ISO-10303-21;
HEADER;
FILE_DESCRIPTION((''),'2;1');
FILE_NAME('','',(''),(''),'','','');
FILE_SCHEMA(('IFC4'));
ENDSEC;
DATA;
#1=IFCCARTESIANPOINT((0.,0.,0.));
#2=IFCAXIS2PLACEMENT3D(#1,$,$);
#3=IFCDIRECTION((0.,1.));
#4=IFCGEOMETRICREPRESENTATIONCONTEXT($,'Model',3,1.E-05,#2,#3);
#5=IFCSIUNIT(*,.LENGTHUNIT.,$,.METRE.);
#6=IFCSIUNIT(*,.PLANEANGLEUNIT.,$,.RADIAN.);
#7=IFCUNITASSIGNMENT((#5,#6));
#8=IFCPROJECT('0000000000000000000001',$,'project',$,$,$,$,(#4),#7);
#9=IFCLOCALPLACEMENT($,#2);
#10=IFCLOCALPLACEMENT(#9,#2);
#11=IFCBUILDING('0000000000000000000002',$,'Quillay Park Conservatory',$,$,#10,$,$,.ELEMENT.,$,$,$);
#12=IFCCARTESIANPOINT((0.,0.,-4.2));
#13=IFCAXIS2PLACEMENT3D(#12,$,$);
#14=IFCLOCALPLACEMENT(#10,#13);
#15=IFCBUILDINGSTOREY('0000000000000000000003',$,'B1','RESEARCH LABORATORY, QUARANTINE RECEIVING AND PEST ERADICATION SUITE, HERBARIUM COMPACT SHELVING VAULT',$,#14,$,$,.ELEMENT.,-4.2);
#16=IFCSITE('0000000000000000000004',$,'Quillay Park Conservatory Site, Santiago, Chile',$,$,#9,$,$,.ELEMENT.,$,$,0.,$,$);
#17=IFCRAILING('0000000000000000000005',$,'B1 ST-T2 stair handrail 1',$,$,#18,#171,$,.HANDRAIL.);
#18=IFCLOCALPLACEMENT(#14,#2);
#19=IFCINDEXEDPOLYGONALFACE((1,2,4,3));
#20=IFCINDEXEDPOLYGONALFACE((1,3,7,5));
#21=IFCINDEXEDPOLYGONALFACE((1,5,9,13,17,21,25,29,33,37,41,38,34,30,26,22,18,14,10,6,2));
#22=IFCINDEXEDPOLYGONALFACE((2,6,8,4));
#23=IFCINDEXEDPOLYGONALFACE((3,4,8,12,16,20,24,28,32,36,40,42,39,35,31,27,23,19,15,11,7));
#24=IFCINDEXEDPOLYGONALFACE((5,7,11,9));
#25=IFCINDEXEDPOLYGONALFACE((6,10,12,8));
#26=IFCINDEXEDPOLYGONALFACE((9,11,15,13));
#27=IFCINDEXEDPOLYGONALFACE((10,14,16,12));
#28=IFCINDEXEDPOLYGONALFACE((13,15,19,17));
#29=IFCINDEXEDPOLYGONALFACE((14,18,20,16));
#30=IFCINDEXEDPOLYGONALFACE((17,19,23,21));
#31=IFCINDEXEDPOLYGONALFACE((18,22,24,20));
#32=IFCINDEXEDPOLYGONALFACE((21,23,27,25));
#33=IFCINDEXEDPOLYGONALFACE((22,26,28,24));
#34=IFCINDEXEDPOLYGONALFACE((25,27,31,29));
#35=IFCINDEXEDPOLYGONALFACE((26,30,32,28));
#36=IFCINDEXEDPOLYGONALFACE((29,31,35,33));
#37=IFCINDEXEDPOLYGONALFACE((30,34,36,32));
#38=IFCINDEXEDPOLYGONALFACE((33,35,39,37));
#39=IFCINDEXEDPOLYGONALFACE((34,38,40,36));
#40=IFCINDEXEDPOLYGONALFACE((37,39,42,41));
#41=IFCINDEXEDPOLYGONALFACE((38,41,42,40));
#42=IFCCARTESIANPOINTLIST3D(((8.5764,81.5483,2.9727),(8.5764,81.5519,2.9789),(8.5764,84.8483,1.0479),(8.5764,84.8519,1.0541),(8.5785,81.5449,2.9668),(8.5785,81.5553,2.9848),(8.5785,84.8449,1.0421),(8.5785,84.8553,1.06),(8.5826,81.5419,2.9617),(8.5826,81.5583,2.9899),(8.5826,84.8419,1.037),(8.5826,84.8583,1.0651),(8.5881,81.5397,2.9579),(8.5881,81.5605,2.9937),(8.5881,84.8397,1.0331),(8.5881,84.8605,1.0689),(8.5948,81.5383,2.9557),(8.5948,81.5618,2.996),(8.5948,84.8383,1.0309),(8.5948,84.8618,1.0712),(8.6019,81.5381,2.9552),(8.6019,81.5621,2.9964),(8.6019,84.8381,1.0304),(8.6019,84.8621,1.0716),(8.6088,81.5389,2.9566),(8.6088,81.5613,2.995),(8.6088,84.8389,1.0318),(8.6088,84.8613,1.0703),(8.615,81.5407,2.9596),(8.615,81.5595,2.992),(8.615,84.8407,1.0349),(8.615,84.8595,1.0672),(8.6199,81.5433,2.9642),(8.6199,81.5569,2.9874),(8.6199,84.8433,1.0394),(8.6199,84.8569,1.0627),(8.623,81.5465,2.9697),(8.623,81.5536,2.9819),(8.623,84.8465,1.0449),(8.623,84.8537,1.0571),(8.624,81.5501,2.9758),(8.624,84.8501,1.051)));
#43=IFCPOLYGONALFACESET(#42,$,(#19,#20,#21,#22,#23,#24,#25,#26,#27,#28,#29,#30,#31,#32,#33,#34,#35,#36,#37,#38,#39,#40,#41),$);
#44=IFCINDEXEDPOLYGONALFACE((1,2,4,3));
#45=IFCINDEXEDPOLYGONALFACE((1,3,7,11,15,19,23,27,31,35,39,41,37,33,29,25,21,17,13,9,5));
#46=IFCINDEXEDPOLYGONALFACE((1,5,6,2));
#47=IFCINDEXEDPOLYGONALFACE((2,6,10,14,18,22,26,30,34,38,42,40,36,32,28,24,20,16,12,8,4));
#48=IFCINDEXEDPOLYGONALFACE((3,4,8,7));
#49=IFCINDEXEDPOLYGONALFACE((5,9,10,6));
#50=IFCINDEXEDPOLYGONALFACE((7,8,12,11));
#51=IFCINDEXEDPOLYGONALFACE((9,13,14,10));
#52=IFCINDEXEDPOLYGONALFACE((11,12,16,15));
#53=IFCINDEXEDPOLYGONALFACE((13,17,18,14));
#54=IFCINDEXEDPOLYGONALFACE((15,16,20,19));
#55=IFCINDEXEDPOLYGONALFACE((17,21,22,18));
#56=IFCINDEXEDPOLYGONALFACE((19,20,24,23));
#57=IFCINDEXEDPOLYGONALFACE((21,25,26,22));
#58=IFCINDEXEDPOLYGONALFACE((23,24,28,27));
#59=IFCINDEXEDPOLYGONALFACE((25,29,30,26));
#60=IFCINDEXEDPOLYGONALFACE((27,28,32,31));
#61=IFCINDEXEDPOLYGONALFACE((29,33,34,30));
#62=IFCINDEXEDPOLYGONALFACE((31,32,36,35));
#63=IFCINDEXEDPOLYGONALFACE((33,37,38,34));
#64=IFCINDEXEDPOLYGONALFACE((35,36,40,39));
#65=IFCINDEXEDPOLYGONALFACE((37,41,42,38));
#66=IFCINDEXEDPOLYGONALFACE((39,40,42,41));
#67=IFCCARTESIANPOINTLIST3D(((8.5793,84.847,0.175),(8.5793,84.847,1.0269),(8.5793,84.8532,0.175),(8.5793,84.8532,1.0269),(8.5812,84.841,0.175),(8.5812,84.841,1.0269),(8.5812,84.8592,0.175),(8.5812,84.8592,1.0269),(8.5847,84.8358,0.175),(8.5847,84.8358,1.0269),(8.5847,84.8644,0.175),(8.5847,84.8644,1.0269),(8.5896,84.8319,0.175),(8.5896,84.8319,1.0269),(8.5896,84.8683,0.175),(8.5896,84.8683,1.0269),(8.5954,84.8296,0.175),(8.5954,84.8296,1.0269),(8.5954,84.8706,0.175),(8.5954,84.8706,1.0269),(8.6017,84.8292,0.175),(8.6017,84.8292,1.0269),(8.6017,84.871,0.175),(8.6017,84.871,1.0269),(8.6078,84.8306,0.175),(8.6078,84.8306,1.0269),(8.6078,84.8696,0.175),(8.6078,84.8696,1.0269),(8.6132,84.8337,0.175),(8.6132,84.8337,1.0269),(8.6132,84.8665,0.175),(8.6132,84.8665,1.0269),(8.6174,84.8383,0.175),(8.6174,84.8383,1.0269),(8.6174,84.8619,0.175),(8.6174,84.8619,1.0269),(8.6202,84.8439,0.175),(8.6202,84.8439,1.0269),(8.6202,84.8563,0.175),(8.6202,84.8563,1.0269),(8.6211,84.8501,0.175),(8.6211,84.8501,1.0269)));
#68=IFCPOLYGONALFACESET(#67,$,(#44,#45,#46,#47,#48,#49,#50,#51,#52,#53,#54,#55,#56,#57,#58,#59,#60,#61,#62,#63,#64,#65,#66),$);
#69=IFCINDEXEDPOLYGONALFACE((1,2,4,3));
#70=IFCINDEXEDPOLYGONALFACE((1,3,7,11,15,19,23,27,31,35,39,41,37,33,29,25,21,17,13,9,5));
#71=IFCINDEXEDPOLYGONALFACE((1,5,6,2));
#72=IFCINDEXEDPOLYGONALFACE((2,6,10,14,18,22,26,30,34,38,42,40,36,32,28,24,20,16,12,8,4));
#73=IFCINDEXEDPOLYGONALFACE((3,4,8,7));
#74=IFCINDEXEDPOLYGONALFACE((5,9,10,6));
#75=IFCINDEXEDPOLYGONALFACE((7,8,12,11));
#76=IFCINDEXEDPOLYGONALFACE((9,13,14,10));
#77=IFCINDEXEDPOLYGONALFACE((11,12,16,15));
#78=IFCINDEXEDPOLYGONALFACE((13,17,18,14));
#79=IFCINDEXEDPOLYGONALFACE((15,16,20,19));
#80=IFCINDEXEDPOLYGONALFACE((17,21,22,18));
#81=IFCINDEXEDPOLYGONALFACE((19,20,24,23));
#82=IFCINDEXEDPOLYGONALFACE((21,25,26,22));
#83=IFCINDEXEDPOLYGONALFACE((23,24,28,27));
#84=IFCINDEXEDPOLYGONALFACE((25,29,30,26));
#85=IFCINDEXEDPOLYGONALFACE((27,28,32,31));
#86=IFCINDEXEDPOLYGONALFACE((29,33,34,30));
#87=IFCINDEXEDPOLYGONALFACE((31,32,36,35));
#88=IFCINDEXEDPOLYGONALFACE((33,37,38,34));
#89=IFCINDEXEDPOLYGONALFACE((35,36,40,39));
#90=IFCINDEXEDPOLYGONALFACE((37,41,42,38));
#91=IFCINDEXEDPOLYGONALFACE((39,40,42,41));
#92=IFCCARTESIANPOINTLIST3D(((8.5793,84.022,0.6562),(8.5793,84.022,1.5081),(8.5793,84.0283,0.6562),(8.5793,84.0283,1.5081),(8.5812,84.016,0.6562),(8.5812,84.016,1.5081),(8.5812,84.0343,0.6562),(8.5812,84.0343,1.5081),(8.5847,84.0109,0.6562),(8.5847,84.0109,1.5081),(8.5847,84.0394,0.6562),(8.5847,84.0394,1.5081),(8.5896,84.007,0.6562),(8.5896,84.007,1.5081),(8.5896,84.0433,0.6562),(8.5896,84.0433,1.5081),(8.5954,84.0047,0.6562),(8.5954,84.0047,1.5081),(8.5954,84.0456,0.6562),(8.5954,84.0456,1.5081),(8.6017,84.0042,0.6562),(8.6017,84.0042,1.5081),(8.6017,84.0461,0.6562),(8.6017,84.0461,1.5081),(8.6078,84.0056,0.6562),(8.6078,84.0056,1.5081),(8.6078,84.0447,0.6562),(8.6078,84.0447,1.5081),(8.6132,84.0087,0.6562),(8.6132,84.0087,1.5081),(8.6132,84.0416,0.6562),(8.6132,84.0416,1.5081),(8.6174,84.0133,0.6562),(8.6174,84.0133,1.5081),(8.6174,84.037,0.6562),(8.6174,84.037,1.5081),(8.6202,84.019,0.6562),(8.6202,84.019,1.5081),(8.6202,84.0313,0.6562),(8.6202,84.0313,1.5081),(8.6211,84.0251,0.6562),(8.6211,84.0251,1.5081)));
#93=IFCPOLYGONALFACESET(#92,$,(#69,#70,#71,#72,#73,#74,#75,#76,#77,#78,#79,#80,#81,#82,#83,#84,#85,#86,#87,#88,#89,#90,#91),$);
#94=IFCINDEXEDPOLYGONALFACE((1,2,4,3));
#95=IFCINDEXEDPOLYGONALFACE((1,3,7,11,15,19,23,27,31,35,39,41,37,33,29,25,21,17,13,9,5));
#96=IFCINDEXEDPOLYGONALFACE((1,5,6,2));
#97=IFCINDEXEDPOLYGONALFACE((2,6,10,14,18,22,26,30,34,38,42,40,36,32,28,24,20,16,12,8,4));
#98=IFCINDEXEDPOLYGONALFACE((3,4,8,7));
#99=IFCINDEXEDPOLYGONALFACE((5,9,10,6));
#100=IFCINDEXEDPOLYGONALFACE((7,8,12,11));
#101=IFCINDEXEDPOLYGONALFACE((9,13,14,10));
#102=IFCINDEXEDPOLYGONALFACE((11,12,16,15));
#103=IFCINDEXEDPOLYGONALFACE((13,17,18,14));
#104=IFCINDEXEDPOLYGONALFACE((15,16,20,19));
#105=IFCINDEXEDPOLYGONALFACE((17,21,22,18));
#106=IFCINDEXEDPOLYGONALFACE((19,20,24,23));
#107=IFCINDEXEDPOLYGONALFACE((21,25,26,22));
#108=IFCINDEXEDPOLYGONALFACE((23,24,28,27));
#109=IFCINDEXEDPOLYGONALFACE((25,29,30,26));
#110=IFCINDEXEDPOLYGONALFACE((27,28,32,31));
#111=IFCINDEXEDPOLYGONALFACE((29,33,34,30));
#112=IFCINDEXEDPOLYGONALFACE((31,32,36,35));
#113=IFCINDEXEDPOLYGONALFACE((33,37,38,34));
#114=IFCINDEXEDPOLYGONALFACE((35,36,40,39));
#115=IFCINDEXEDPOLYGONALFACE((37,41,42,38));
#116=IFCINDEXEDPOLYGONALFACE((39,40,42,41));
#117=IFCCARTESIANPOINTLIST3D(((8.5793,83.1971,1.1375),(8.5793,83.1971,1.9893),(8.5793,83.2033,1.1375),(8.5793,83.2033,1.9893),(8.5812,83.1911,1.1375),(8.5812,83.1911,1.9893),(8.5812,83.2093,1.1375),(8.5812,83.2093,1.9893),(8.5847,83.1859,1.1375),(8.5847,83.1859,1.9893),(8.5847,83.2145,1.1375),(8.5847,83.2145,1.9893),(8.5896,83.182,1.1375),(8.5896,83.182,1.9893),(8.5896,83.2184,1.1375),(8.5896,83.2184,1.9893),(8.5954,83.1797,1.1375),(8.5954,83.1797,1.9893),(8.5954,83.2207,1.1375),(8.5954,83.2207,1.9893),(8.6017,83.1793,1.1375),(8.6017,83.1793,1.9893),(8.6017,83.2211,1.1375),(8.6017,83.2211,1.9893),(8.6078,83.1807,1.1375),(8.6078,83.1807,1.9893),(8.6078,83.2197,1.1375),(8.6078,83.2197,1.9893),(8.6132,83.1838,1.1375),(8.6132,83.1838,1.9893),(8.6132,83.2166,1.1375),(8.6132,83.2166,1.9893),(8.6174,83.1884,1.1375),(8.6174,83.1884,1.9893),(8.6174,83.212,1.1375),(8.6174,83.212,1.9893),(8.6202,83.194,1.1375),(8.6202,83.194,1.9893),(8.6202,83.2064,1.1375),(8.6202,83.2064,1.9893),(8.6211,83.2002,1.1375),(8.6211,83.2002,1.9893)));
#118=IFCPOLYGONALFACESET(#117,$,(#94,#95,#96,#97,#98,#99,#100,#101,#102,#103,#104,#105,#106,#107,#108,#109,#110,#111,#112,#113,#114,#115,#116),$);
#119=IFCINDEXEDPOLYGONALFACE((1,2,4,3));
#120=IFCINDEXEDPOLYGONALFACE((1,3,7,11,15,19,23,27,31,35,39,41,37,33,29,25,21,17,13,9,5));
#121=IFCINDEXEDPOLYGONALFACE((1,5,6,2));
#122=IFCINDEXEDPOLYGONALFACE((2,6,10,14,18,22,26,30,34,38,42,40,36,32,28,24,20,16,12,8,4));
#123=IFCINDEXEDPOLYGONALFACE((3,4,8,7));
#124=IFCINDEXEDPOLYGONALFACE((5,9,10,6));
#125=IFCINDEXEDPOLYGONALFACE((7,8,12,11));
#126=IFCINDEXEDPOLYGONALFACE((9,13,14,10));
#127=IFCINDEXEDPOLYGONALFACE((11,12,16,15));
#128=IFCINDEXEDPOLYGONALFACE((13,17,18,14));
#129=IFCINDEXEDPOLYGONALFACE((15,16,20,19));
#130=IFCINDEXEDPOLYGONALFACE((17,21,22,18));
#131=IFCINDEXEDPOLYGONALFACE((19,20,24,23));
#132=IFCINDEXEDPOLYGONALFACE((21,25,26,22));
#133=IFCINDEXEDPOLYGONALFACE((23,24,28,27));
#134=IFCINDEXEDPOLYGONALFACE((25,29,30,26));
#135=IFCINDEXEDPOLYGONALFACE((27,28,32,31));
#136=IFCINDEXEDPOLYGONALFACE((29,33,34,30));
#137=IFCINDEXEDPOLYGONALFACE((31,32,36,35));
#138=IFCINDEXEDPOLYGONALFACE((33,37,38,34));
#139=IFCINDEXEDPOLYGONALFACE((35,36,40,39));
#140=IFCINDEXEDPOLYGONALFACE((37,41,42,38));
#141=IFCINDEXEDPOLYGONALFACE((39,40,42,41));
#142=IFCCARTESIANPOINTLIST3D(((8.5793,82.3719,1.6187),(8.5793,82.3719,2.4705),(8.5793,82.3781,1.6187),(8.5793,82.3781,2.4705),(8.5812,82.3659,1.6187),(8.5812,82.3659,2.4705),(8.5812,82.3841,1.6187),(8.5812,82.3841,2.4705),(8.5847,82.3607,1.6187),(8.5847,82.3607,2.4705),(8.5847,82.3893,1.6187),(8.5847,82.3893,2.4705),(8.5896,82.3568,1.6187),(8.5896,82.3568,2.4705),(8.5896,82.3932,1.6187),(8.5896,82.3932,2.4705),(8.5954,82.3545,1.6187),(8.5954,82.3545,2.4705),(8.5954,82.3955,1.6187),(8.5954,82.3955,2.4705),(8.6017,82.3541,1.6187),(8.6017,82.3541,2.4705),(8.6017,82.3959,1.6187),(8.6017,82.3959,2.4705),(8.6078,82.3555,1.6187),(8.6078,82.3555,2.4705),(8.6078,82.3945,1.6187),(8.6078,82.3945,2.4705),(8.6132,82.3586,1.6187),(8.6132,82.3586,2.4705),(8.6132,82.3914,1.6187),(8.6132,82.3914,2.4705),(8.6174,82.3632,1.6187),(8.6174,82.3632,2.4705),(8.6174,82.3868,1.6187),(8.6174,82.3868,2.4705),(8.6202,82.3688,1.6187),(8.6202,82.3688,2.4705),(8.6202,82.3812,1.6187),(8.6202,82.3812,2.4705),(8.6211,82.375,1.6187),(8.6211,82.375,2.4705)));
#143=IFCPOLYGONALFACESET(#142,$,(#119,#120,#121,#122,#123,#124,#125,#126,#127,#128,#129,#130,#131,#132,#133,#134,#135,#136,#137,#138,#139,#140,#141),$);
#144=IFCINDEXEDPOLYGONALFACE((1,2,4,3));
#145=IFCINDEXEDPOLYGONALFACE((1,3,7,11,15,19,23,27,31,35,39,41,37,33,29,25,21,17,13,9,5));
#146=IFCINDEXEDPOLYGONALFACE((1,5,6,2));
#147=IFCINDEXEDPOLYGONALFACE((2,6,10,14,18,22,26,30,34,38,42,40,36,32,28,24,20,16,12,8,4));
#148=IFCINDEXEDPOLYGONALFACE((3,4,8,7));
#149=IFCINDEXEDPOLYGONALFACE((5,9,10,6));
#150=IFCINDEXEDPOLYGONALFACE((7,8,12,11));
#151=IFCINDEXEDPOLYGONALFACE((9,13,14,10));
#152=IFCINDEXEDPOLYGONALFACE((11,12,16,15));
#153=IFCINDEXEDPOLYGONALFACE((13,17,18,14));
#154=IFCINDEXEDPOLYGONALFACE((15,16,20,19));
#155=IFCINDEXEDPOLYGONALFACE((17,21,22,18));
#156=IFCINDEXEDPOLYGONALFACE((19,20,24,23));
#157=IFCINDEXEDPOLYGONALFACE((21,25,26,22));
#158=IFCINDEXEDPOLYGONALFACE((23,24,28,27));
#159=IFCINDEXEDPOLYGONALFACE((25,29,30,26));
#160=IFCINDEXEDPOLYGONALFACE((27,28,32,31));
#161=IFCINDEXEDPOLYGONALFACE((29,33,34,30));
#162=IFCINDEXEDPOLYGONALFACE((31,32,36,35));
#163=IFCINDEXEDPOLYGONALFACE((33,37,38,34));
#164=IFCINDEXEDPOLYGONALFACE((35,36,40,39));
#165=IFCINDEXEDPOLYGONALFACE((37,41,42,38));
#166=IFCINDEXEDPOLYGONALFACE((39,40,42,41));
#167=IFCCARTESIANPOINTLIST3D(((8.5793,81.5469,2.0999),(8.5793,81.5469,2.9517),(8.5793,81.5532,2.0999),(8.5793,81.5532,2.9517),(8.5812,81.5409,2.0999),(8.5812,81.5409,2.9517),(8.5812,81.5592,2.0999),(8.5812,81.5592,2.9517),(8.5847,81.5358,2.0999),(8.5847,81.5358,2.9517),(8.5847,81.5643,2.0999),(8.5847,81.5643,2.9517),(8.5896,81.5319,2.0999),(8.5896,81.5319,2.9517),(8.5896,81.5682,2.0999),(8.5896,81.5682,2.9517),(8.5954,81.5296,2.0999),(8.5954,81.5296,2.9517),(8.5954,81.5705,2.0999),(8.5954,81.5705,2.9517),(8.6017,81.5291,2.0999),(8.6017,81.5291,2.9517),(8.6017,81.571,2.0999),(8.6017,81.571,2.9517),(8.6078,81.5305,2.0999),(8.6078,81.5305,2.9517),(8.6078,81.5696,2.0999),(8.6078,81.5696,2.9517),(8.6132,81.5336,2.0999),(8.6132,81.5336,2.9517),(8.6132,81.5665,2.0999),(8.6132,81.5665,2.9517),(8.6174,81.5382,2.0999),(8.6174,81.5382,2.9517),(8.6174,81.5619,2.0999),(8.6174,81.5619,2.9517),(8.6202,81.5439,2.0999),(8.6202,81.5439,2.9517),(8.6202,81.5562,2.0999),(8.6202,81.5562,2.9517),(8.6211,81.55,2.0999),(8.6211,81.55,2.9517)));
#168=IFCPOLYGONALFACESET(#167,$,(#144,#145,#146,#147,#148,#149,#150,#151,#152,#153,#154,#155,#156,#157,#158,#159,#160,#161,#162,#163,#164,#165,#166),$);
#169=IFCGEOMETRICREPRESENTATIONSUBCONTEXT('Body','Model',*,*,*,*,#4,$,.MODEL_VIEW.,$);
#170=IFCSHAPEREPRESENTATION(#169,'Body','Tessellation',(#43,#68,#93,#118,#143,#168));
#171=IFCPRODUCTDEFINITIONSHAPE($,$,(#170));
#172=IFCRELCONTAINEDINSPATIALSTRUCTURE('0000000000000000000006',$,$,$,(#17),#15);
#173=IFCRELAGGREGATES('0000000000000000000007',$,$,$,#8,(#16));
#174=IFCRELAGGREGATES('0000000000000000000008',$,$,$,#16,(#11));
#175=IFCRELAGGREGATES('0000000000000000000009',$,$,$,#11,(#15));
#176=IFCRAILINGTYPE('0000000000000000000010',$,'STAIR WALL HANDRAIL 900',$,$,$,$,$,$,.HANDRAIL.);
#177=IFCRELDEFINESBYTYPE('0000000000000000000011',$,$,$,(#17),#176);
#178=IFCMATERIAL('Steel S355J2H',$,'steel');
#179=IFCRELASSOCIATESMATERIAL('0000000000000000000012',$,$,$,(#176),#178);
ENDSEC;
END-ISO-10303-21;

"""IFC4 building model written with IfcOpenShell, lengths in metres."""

from ifc_helpers import new_model, si_unit, direction, frame, origin, origin_2d, place, context, subcontext, project, spatial, circle, extrude, material, type_object, element, save


model = new_model("IFC4")

# Units and contexts
model_context = context("Model", 3, precision=1e-05, world=origin(), true_north=direction((0.0, 1.0)))
body_context = subcontext(model_context, "Body", "Model", "MODEL_VIEW")
ifc_project = project(units=[si_unit("LENGTHUNIT", "METRE"), si_unit("PLANEANGLEUNIT", "RADIAN")], contexts=[model_context])

# Site, building, storey
site_placement = place(None, origin())
site = spatial("IfcSite", under=ifc_project, at=site_placement, Name="Quillay Park Conservatory Site, Santiago, Chile", CompositionType="ELEMENT", RefElevation=0.0)
building_placement = place(site_placement, origin())
building = spatial("IfcBuilding", under=site, at=building_placement, Name="Quillay Park Conservatory", CompositionType="ELEMENT")
storey_placement = place(building_placement, frame((0.0, 0.0, -4.2)))
storey = spatial("IfcBuildingStorey", under=building, at=storey_placement, Name="B1", Description="RESEARCH LABORATORY, QUARANTINE RECEIVING AND PEST ERADICATION SUITE, HERBARIUM COMPACT SHELVING VAULT", CompositionType="ELEMENT", Elevation=-4.2)

# Railing
ifc_material_1 = material(Name="Steel S355J2H", Category="steel")
railing_type_1 = type_object("IfcRailingType", Name="STAIR WALL HANDRAIL 900", PredefinedType="HANDRAIL", material=ifc_material_1)
railing_1_placement = place(storey_placement, frame((8.6001, 84.8501, 0.175)))
element("IfcRailing", 1, at=railing_1_placement, inside=storey, type_object=railing_type_1, Name="B1 ST-T2 stair handrail 1", PredefinedType="HANDRAIL", context=body_context, shape_type="SweptSolid", body=[
    extrude(circle(Radius=0.0239, at=origin_2d()), frame((0.0, 0.0, 0.876), z_axis=(0.0, -0.863804, 0.503827), x_axis=(1.0, 0.0, 0.0)), (0.0, 0.0, 1.0), 3.8203),
    extrude(circle(Radius=0.021, at=origin_2d()), origin(), (0.0, 0.0, 1.0), 0.8518),
    extrude(circle(Radius=0.021, at=origin_2d()), frame((0.0, -0.825, 0.4812)), (0.0, 0.0, 1.0), 0.8518),
    extrude(circle(Radius=0.021, at=origin_2d()), frame((0.0, -1.6499, 0.9624)), (0.0, 0.0, 1.0), 0.8518),
    extrude(circle(Radius=0.021, at=origin_2d()), frame((0.0, -2.4751, 1.4436)), (0.0, 0.0, 1.0), 0.8518),
    extrude(circle(Radius=0.021, at=origin_2d()), frame((0.0, -3.3, 1.9248)), (0.0, 0.0, 1.0), 0.8518),
])

save(model, "model.ifc")
